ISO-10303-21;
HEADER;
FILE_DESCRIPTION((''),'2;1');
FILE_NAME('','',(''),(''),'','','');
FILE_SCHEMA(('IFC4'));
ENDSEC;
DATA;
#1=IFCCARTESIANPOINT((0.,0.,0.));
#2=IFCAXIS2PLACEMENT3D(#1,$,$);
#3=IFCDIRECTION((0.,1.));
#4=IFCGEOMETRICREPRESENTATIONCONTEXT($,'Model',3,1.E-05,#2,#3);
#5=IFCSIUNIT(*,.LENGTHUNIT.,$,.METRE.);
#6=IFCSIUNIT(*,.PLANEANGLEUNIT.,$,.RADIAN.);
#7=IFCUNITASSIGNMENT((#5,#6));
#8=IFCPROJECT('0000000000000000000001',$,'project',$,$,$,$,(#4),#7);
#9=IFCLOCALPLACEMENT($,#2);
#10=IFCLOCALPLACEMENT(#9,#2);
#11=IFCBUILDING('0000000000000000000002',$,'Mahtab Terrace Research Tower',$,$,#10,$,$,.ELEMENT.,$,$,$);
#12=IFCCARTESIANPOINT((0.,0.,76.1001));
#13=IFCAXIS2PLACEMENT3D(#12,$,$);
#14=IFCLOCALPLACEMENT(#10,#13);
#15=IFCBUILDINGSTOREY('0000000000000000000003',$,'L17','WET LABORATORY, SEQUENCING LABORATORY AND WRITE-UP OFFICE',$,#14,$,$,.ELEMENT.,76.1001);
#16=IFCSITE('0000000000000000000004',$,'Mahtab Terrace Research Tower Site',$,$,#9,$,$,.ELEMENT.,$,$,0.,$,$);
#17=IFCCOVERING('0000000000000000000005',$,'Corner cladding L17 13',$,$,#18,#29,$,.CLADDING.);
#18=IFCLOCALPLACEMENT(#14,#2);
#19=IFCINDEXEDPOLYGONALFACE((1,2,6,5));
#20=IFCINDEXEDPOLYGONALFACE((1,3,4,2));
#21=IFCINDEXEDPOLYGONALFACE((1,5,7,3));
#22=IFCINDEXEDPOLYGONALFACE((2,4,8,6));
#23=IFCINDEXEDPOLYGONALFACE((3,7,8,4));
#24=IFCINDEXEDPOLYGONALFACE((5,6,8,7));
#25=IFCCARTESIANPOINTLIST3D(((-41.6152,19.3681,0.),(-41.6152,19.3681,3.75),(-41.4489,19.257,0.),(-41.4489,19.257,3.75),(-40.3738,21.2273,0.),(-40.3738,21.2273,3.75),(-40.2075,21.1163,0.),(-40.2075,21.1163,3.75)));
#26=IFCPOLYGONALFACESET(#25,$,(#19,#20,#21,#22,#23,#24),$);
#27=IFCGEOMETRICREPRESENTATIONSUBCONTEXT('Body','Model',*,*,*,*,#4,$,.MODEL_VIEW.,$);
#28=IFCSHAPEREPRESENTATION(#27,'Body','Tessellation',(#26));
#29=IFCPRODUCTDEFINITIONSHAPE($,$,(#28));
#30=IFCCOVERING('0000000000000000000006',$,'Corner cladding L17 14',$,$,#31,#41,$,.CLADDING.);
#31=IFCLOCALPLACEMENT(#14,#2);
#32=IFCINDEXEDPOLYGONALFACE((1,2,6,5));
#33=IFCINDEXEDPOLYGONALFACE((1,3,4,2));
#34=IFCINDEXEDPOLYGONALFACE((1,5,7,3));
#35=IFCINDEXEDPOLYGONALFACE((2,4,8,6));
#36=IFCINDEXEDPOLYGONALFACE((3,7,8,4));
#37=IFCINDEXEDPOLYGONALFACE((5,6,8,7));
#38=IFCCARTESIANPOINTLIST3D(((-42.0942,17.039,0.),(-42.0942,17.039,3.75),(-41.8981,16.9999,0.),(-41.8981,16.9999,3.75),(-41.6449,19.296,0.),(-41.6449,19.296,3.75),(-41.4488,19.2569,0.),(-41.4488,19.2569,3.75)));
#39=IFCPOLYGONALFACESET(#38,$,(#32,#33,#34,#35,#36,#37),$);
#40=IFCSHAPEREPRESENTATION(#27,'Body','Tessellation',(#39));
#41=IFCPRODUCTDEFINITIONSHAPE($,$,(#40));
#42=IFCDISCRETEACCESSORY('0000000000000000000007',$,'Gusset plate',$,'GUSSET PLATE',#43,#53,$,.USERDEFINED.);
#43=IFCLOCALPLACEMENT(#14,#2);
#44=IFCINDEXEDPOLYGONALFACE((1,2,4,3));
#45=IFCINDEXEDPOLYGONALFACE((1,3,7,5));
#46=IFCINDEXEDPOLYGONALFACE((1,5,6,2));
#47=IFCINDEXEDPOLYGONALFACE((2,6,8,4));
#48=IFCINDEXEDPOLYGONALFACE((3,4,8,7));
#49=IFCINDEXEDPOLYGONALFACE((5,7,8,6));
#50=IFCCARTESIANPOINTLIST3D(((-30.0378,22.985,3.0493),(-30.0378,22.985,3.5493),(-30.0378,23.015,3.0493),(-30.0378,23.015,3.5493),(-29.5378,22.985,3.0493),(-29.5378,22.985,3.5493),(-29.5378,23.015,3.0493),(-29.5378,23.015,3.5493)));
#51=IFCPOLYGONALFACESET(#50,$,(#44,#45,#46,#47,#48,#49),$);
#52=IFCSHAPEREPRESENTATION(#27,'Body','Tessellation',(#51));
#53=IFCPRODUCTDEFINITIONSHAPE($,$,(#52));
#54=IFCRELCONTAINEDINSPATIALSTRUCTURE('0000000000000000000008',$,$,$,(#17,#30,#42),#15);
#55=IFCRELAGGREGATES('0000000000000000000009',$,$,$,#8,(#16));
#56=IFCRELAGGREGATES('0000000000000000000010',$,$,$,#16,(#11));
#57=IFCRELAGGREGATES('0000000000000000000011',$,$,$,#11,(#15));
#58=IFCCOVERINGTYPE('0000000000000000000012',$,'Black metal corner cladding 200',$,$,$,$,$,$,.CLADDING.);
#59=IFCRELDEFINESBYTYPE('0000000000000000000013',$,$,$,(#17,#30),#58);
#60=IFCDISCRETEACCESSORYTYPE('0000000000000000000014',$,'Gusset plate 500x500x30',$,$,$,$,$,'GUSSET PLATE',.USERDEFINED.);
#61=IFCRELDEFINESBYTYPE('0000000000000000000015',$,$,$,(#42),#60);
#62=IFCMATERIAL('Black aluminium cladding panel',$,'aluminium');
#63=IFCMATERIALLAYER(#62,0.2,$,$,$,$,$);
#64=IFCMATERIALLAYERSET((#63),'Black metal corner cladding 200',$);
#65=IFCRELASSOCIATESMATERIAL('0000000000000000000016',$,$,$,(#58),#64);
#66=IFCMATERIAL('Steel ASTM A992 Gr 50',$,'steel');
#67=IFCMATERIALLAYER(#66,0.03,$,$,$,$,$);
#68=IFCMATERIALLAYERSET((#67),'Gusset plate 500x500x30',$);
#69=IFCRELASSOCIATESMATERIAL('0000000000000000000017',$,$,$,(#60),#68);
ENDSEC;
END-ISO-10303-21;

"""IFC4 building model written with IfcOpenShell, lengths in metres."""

from ifc_helpers import new_model, si_unit, direction, frame, origin, origin_2d, place, context, subcontext, project, spatial, rectangle, extrude, material, layer, layer_set, type_object, element, save


model = new_model("IFC4")

# Units and contexts
model_context = context("Model", 3, precision=1e-05, world=origin(), true_north=direction((0.0, 1.0)))
body_context = subcontext(model_context, "Body", "Model", "MODEL_VIEW")
ifc_project = project(units=[si_unit("LENGTHUNIT", "METRE"), si_unit("PLANEANGLEUNIT", "RADIAN")], contexts=[model_context])

# Site, building, storey
site_placement = place(None, origin())
site = spatial("IfcSite", under=ifc_project, at=site_placement, Name="Mahtab Terrace Research Tower Site", CompositionType="ELEMENT", RefElevation=0.0)
building_placement = place(site_placement, origin())
building = spatial("IfcBuilding", under=site, at=building_placement, Name="Mahtab Terrace Research Tower", CompositionType="ELEMENT")
storey_placement = place(building_placement, frame((0.0, 0.0, 76.1001)))
storey = spatial("IfcBuildingStorey", under=building, at=storey_placement, Name="L17", Description="WET LABORATORY, SEQUENCING LABORATORY AND WRITE-UP OFFICE", CompositionType="ELEMENT", Elevation=76.1001)

# Shared definitions
ifc_material_1 = material(Name="Steel ASTM A992 Gr 50", Category="steel")

# Shared definitions
ifc_material_2 = material(Name="Black aluminium cladding panel", Category="aluminium")

# Coverings
ifc_layer_1 = layer(ifc_material_2, 0.2)
ifc_layer_set_1 = layer_set([ifc_layer_1], Name="Black metal corner cladding 200")
covering_type = type_object("IfcCoveringType", Name="Black metal corner cladding 200", PredefinedType="CLADDING", material=ifc_layer_set_1)
covering_1_placement = place(storey_placement, frame((-40.9114, 20.2422, 0.0), z_axis=(0.0, 0.0, 1.0), x_axis=(-0.555291, -0.831656, 0.0)))
element("IfcCovering", 1, at=covering_1_placement, inside=storey, type_object=covering_type, Name="Corner cladding L17 13", PredefinedType="CLADDING", context=body_context, shape_type="SweptSolid", body=[
    extrude(rectangle(XDim=2.2356, YDim=0.2, at=origin_2d()), origin(), (0.0, 0.0, 1.0), 3.75),
])
covering_2_placement = place(storey_placement, frame((-41.7715, 18.1479, 0.0), z_axis=(0.0, 0.0, 1.0), x_axis=(-0.195212, -0.980761, 0.0)))
element("IfcCovering", 2, at=covering_2_placement, inside=storey, type_object=covering_type, Name="Corner cladding L17 14", PredefinedType="CLADDING", context=body_context, shape_type="SweptSolid", body=[
    extrude(rectangle(XDim=2.3013, YDim=0.2, at=origin_2d()), origin(), (0.0, 0.0, 1.0), 3.75),
])

# Discrete accessory
ifc_layer_2 = layer(ifc_material_1, 0.03)
ifc_layer_set_2 = layer_set([ifc_layer_2], Name="Gusset plate 500x500x30")
discrete_accessory_type = type_object("IfcDiscreteAccessoryType", Name="Gusset plate 500x500x30", ElementType="GUSSET PLATE", PredefinedType="USERDEFINED", material=ifc_layer_set_2)
discrete_accessory_placement = place(storey_placement, frame((-29.7878, 23.0, 3.0493), z_axis=(0.0, 0.0, 1.0), x_axis=(1.0, 0.0, 0.0)))
element("IfcDiscreteAccessory", 3, at=discrete_accessory_placement, inside=storey, type_object=discrete_accessory_type, Name="Gusset plate", ObjectType="GUSSET PLATE", PredefinedType="USERDEFINED", context=body_context, shape_type="SweptSolid", body=[
    extrude(rectangle(XDim=0.5, YDim=0.03, at=origin_2d()), origin(), (0.0, 0.0, 1.0), 0.5),
])

save(model, "model.ifc")
